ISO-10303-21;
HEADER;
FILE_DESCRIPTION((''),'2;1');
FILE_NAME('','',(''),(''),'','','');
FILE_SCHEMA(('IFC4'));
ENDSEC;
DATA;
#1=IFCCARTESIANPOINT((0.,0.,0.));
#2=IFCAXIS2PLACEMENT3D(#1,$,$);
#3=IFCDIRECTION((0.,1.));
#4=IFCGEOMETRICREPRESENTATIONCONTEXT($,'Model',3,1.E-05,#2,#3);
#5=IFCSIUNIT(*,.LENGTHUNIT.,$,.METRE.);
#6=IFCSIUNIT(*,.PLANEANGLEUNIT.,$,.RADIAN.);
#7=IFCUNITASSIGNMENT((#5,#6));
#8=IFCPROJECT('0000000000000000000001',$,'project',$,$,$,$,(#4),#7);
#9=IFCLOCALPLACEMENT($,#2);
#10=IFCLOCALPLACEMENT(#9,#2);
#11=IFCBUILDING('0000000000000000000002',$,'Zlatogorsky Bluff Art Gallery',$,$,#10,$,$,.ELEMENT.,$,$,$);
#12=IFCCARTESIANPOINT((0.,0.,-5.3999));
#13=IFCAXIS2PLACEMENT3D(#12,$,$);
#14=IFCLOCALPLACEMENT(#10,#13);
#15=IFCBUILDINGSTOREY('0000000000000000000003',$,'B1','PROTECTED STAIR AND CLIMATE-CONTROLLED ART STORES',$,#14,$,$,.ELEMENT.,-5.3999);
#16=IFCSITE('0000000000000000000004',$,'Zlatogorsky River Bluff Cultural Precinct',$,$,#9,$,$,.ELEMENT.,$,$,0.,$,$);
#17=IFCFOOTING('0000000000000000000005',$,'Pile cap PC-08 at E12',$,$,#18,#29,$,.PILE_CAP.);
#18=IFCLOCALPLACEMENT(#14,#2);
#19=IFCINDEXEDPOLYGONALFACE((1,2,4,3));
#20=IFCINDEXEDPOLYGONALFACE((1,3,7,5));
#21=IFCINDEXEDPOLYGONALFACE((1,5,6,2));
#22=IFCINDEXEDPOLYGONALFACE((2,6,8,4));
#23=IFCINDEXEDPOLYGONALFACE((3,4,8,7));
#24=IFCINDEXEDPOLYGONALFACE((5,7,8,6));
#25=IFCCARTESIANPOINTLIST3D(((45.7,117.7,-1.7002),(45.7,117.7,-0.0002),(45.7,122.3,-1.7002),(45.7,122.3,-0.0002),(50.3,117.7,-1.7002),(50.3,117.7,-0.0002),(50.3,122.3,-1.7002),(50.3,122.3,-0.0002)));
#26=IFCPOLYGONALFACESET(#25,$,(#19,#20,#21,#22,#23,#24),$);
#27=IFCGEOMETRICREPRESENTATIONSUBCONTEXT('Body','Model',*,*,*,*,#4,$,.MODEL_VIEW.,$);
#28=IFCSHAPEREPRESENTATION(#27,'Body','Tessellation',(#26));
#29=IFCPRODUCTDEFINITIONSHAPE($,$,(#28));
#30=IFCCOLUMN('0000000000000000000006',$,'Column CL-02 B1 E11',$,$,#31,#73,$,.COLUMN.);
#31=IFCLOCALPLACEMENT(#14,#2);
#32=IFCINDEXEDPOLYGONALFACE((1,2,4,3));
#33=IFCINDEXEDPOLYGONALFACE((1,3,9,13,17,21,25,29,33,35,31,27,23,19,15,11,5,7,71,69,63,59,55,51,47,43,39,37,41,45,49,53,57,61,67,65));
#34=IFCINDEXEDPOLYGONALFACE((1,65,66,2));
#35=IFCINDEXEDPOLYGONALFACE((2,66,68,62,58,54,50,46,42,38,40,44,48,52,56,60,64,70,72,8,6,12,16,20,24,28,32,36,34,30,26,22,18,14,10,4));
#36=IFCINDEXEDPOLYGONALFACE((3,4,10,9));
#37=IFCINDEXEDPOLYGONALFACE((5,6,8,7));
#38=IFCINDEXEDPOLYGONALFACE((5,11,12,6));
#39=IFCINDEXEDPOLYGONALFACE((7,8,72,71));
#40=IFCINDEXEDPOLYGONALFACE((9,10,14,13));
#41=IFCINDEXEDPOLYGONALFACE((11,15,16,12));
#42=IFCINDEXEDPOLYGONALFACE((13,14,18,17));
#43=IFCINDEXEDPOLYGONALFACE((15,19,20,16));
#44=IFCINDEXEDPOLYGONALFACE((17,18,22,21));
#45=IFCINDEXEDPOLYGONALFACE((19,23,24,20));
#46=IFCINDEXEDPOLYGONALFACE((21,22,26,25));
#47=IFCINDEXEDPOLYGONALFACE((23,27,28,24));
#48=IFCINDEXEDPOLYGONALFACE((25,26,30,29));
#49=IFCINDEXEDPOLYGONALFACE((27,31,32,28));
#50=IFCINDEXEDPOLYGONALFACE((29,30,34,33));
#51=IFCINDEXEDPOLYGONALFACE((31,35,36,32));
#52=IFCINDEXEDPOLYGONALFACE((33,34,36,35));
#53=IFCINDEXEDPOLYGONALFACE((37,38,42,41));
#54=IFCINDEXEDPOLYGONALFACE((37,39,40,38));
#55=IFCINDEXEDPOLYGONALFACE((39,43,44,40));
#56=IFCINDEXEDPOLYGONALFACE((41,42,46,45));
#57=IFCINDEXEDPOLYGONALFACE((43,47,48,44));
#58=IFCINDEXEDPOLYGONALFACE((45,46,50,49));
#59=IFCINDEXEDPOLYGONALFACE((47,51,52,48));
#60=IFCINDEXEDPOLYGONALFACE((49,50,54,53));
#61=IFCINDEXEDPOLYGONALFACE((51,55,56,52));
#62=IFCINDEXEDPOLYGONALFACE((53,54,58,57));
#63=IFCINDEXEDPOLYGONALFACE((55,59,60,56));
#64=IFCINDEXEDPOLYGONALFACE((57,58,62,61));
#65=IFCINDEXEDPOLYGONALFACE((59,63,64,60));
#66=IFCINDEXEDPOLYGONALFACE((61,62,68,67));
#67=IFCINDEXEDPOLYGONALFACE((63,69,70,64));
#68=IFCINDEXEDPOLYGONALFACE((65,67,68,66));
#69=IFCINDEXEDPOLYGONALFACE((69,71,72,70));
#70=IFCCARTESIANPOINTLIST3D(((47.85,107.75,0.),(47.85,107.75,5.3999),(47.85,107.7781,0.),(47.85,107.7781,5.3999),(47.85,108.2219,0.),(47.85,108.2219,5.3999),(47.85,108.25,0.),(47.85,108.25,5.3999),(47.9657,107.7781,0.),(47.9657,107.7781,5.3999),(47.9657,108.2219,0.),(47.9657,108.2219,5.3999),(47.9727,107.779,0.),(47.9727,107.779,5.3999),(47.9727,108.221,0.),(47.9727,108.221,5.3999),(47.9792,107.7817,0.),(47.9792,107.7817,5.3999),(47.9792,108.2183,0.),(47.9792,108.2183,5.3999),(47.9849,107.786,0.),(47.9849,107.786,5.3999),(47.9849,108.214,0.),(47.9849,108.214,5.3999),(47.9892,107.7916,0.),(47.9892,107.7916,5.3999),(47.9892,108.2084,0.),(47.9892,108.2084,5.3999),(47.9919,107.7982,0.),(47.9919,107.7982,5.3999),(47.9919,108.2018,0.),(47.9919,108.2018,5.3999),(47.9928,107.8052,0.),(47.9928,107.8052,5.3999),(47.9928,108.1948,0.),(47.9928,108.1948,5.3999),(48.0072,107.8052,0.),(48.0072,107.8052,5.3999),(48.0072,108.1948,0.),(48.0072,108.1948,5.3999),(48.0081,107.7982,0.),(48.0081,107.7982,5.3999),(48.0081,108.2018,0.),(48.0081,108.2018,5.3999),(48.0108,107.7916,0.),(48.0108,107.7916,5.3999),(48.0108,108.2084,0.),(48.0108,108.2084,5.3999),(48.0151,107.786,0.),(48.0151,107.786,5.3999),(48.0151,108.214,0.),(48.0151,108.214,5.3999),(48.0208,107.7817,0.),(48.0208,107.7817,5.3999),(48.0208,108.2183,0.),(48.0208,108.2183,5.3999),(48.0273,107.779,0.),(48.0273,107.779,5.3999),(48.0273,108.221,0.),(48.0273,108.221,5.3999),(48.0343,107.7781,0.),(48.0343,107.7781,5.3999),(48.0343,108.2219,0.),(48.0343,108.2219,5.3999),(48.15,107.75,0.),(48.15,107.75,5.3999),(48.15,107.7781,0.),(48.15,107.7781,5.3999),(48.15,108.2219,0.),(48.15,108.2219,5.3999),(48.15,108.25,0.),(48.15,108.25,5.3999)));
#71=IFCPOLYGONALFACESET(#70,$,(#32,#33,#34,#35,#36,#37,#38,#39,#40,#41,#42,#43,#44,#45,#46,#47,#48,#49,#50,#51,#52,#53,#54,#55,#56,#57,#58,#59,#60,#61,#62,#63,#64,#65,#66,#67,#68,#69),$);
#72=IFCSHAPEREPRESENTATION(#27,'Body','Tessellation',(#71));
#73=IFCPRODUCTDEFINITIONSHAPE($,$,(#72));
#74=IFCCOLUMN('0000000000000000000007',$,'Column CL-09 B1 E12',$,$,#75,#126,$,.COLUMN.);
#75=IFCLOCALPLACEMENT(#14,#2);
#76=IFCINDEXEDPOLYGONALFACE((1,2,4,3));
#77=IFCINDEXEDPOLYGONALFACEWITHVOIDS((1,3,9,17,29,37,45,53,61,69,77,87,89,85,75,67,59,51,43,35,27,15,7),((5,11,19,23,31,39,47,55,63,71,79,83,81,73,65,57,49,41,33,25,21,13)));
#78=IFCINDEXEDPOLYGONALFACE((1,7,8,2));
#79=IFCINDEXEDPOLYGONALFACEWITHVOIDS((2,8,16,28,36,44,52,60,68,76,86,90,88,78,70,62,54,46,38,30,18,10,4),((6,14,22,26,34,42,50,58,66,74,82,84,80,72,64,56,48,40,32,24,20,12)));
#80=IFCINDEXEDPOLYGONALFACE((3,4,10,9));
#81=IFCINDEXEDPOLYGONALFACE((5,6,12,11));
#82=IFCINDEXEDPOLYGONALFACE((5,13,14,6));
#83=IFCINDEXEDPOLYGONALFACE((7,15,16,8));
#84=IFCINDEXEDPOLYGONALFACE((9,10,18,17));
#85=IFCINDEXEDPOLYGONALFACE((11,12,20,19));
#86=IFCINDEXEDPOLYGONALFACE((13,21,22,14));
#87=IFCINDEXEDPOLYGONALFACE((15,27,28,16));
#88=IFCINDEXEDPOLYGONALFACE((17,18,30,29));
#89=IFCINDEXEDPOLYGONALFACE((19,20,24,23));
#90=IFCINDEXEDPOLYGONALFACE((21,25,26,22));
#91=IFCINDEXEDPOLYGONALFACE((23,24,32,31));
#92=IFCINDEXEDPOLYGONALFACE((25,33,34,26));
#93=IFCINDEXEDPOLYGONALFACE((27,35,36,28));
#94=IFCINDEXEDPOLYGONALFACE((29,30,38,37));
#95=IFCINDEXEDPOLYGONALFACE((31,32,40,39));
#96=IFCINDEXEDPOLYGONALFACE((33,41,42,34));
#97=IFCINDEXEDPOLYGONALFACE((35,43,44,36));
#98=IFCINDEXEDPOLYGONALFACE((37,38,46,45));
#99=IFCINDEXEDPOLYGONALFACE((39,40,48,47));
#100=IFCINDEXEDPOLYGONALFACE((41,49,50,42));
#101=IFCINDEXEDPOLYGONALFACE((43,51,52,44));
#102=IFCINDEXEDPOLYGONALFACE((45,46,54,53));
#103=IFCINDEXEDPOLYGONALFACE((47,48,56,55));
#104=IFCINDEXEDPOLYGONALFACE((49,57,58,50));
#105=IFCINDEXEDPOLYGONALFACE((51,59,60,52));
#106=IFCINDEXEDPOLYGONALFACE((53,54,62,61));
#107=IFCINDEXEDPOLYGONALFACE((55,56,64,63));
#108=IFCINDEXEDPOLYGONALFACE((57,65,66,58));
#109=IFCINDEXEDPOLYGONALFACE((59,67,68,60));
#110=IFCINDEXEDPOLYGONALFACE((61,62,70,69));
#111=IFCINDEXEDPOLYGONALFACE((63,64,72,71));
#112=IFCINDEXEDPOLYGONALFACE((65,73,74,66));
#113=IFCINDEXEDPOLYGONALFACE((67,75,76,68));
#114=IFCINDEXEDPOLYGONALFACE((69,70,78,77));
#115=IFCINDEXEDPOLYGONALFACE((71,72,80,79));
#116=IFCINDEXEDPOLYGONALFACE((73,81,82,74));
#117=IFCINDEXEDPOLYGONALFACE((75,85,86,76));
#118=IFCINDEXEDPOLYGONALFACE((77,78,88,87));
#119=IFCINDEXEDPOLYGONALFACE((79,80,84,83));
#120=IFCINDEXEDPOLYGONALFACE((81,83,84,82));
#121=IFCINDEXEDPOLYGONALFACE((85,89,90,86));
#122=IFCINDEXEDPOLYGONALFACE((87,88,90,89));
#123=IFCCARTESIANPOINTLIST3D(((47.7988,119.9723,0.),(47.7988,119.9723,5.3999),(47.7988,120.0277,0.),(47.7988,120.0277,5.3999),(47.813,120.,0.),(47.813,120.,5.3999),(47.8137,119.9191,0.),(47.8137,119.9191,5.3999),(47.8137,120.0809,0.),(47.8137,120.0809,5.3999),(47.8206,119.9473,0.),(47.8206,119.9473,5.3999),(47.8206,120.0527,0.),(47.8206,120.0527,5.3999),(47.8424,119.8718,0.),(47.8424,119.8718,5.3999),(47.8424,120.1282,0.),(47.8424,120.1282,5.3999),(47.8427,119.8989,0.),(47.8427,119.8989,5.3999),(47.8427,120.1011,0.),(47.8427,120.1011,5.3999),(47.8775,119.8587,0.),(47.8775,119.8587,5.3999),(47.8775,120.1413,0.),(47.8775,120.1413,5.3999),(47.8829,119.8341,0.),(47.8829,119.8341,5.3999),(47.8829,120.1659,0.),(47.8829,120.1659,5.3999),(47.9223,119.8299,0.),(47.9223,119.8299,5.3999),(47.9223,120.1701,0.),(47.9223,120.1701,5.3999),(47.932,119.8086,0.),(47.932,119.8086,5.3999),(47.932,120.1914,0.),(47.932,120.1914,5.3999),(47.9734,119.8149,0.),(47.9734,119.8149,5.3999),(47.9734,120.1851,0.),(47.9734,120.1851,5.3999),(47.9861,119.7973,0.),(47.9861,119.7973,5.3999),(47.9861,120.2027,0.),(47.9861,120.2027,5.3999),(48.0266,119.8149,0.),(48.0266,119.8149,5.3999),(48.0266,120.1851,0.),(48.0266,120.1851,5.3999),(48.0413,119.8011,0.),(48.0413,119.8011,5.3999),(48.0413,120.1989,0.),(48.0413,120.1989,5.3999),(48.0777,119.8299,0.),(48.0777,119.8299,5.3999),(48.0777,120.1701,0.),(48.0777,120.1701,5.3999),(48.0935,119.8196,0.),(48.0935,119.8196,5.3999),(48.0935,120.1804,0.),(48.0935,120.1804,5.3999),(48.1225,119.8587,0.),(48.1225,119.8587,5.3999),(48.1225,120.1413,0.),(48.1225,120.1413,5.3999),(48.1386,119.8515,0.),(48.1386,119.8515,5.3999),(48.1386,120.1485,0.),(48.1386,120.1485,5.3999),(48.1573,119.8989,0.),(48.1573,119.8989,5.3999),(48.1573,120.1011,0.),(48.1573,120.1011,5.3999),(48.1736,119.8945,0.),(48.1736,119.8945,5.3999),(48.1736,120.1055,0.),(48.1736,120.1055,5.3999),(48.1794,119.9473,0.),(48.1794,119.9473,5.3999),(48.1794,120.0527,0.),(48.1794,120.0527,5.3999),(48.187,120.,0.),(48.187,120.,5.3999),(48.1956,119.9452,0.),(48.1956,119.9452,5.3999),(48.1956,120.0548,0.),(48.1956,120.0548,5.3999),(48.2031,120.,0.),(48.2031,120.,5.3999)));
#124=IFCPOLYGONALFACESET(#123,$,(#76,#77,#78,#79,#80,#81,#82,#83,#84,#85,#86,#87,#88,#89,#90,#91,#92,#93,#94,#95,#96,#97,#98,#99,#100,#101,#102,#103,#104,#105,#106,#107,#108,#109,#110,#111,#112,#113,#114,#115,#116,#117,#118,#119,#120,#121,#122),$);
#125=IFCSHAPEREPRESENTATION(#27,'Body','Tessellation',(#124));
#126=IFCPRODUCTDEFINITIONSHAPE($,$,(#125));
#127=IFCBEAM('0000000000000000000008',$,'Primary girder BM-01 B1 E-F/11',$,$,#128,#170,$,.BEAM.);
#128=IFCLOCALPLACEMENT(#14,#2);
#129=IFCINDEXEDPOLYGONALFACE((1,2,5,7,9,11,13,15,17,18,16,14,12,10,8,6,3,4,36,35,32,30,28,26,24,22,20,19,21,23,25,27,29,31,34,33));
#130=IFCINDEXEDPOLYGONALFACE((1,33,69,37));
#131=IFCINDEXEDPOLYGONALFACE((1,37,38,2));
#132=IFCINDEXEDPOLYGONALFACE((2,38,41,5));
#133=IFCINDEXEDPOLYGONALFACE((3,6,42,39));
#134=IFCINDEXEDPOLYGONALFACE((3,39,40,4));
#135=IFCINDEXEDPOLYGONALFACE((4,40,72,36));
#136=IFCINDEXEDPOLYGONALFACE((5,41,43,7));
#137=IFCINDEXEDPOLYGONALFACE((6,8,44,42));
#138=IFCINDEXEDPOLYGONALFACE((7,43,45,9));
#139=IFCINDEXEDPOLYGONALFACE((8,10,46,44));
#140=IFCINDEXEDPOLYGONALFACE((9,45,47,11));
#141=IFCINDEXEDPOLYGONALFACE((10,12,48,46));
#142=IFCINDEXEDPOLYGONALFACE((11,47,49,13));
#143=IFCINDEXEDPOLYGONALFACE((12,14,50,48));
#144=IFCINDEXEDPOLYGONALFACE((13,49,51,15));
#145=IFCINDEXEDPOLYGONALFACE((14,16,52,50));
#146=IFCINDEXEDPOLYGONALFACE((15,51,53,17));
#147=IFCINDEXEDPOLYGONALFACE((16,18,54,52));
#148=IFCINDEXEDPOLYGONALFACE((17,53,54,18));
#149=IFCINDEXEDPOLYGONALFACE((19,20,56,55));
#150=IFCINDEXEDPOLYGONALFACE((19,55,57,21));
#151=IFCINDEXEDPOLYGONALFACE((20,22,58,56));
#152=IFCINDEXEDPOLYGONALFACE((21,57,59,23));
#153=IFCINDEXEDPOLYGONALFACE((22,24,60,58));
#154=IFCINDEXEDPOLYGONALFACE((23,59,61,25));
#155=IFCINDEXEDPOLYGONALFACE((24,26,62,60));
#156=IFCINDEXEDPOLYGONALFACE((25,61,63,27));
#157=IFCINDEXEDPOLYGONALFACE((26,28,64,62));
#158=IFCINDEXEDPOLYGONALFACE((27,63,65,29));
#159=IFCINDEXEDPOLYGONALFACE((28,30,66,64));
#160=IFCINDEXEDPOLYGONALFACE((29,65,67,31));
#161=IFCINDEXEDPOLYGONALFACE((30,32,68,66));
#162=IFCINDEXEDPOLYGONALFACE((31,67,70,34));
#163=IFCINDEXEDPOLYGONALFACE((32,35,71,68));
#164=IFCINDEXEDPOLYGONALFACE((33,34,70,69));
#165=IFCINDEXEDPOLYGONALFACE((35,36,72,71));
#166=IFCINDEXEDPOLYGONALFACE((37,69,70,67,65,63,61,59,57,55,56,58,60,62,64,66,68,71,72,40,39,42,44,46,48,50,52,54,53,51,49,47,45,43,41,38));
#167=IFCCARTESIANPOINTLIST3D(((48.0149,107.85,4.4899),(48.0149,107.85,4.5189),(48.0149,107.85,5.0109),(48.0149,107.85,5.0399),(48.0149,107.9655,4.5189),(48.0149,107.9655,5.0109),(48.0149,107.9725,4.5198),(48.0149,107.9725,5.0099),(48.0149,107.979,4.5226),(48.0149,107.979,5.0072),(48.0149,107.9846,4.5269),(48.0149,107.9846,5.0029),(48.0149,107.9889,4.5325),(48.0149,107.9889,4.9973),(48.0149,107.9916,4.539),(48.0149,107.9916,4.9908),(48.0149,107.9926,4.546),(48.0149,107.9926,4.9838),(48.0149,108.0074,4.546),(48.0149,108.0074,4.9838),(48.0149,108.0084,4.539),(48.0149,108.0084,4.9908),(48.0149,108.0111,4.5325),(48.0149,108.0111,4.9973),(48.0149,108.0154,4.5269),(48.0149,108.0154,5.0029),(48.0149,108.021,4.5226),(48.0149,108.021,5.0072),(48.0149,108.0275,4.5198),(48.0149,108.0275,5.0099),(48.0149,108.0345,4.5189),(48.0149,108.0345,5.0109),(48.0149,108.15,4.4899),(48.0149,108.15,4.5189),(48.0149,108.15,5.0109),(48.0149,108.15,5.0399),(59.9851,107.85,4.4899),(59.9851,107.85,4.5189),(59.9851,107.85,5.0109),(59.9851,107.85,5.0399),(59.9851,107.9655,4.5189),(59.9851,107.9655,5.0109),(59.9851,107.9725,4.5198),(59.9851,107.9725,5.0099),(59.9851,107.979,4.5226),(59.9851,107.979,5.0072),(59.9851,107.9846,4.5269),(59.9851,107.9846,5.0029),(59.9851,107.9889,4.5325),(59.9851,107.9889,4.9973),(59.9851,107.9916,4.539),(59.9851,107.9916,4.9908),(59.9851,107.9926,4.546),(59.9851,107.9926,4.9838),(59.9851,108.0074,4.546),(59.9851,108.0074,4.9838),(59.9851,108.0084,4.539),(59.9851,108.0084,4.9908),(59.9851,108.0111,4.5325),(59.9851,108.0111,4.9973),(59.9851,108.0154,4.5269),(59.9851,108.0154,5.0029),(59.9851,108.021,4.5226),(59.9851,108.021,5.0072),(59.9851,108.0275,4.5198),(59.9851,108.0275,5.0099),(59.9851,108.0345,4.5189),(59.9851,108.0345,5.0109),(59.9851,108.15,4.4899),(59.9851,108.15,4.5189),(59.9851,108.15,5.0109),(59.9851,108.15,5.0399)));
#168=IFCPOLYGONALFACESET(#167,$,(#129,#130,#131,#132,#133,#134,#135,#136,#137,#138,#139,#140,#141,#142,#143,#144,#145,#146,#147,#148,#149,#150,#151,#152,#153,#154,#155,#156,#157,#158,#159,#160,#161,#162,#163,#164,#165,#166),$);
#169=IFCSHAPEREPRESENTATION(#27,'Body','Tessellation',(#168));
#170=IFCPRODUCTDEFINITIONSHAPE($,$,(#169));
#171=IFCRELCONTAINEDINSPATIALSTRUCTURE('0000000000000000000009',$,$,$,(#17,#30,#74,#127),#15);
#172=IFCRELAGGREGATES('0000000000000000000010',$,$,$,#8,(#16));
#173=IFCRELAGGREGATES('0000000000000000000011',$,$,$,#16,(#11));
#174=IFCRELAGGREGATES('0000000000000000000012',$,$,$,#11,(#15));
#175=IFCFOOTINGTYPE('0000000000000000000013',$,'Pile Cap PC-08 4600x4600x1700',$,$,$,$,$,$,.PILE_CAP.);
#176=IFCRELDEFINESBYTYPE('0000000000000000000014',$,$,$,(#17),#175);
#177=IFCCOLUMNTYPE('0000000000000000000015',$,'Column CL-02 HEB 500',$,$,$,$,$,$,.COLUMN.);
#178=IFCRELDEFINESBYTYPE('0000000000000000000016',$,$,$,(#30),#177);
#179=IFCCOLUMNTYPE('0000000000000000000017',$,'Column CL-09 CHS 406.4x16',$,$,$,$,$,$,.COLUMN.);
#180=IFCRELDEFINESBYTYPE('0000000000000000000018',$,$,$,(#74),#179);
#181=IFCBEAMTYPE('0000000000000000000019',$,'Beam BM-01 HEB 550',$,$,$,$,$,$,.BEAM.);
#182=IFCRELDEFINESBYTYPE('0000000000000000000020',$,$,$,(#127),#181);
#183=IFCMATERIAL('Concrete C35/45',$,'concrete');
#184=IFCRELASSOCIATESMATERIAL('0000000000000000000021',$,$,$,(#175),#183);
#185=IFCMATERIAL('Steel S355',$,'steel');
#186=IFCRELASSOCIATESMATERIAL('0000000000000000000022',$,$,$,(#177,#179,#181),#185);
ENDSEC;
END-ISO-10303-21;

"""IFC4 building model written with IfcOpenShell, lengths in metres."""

from ifc_helpers import new_model, si_unit, direction, frame, origin, origin_2d, place, context, subcontext, project, spatial, rectangle, hollow_circle, i_section, extrude, material, material_profile, profile_set, type_object, element, save


model = new_model("IFC4")

# Units and contexts
model_context = context("Model", 3, precision=1e-05, world=origin(), true_north=direction((0.0, 1.0)))
body_context = subcontext(model_context, "Body", "Model", "MODEL_VIEW")
ifc_project = project(units=[si_unit("LENGTHUNIT", "METRE"), si_unit("PLANEANGLEUNIT", "RADIAN")], contexts=[model_context])

# Site, building, storey
site_placement = place(None, origin())
site = spatial("IfcSite", under=ifc_project, at=site_placement, Name="Zlatogorsky River Bluff Cultural Precinct", CompositionType="ELEMENT", RefElevation=0.0)
building_placement = place(site_placement, origin())
building = spatial("IfcBuilding", under=site, at=building_placement, Name="Zlatogorsky Bluff Art Gallery", CompositionType="ELEMENT")
storey_placement = place(building_placement, frame((0.0, 0.0, -5.3999)))
storey = spatial("IfcBuildingStorey", under=building, at=storey_placement, Name="B1", Description="PROTECTED STAIR AND CLIMATE-CONTROLLED ART STORES", CompositionType="ELEMENT", Elevation=-5.3999)

# Shared definitions
ifc_material_1 = material(Name="Concrete C35/45", Category="concrete")

# Footing
footing_type_1 = type_object("IfcFootingType", Name="Pile Cap PC-08 4600x4600x1700", PredefinedType="PILE_CAP", material=ifc_material_1)
footing_1_placement = place(storey_placement, frame((48.0, 120.0, -1.7002), z_axis=(0.0, 0.0, 1.0), x_axis=(1.0, 0.0, 0.0)))
element("IfcFooting", 1, at=footing_1_placement, inside=storey, type_object=footing_type_1, Name="Pile cap PC-08 at E12", PredefinedType="PILE_CAP", context=body_context, shape_type="SweptSolid", body=[
    extrude(rectangle(XDim=4.6001, YDim=4.6001, at=origin_2d()), origin(), (0.0, 0.0, 1.0), 1.7),
])

# Columns
ifc_material_2 = material(Name="Steel S355", Category="steel")
ifc_material_profile_1 = material_profile(ifc_material_2, i_section(OverallWidth=0.3, OverallDepth=0.5, WebThickness=0.0144, FlangeThickness=0.0281, FilletRadius=0.0271, at=origin_2d()), Name="HEB 500")
ifc_profile_set_1 = profile_set([ifc_material_profile_1], Name="Steel S355")
column_type_1 = type_object("IfcColumnType", Name="Column CL-02 HEB 500", PredefinedType="COLUMN", material=ifc_profile_set_1)
column_1_placement = place(storey_placement, frame((48.0, 108.0, 0.0), z_axis=(0.0, 0.0, 1.0), x_axis=(1.0, 0.0, 0.0)))
element("IfcColumn", 2, at=column_1_placement, inside=storey, type_object=column_type_1, Name="Column CL-02 B1 E11", PredefinedType="COLUMN", context=body_context, shape_type="SweptSolid", body=[
    extrude(i_section(OverallWidth=0.3, OverallDepth=0.5, WebThickness=0.0144, FlangeThickness=0.0281, FilletRadius=0.0271, at=origin_2d()), origin(), (0.0, 0.0, 1.0), 5.3999),
])
ifc_material_profile_2 = material_profile(ifc_material_2, hollow_circle(Radius=0.2031, WallThickness=0.0161, at=origin_2d()), Name="CHS 406.4x16")
ifc_profile_set_2 = profile_set([ifc_material_profile_2], Name="Steel S355")
column_type_2 = type_object("IfcColumnType", Name="Column CL-09 CHS 406.4x16", PredefinedType="COLUMN", material=ifc_profile_set_2)
column_2_placement = place(storey_placement, frame((48.0, 120.0, 0.0), z_axis=(0.0, 0.0, 1.0), x_axis=(1.0, 0.0, 0.0)))
element("IfcColumn", 3, at=column_2_placement, inside=storey, type_object=column_type_2, Name="Column CL-09 B1 E12", PredefinedType="COLUMN", context=body_context, shape_type="SweptSolid", body=[
    extrude(hollow_circle(Radius=0.2031, WallThickness=0.0161, at=origin_2d()), origin(), (0.0, 0.0, 1.0), 5.3999),
])

# Beam
ifc_material_profile_3 = material_profile(ifc_material_2, i_section(OverallWidth=0.3, OverallDepth=0.55, WebThickness=0.0149, FlangeThickness=0.0291, FilletRadius=0.0271, at=origin_2d()), Name="HEB 550")
ifc_profile_set_3 = profile_set([ifc_material_profile_3], Name="Steel S355")
beam_type_1 = type_object("IfcBeamType", Name="Beam BM-01 HEB 550", PredefinedType="BEAM", material=ifc_profile_set_3)
beam_1_placement = place(storey_placement, frame((48.0149, 108.0, 4.7649), z_axis=(1.0, 0.0, 0.0), x_axis=(0.0, 1.0, 0.0)))
element("IfcBeam", 4, at=beam_1_placement, inside=storey, type_object=beam_type_1, Name="Primary girder BM-01 B1 E-F/11", PredefinedType="BEAM", context=body_context, shape_type="SweptSolid", body=[
    extrude(i_section(OverallWidth=0.3, OverallDepth=0.55, WebThickness=0.0149, FlangeThickness=0.0291, FilletRadius=0.0271, at=origin_2d()), origin(), (0.0, 0.0, 1.0), 11.9702),
])

save(model, "model.ifc")
